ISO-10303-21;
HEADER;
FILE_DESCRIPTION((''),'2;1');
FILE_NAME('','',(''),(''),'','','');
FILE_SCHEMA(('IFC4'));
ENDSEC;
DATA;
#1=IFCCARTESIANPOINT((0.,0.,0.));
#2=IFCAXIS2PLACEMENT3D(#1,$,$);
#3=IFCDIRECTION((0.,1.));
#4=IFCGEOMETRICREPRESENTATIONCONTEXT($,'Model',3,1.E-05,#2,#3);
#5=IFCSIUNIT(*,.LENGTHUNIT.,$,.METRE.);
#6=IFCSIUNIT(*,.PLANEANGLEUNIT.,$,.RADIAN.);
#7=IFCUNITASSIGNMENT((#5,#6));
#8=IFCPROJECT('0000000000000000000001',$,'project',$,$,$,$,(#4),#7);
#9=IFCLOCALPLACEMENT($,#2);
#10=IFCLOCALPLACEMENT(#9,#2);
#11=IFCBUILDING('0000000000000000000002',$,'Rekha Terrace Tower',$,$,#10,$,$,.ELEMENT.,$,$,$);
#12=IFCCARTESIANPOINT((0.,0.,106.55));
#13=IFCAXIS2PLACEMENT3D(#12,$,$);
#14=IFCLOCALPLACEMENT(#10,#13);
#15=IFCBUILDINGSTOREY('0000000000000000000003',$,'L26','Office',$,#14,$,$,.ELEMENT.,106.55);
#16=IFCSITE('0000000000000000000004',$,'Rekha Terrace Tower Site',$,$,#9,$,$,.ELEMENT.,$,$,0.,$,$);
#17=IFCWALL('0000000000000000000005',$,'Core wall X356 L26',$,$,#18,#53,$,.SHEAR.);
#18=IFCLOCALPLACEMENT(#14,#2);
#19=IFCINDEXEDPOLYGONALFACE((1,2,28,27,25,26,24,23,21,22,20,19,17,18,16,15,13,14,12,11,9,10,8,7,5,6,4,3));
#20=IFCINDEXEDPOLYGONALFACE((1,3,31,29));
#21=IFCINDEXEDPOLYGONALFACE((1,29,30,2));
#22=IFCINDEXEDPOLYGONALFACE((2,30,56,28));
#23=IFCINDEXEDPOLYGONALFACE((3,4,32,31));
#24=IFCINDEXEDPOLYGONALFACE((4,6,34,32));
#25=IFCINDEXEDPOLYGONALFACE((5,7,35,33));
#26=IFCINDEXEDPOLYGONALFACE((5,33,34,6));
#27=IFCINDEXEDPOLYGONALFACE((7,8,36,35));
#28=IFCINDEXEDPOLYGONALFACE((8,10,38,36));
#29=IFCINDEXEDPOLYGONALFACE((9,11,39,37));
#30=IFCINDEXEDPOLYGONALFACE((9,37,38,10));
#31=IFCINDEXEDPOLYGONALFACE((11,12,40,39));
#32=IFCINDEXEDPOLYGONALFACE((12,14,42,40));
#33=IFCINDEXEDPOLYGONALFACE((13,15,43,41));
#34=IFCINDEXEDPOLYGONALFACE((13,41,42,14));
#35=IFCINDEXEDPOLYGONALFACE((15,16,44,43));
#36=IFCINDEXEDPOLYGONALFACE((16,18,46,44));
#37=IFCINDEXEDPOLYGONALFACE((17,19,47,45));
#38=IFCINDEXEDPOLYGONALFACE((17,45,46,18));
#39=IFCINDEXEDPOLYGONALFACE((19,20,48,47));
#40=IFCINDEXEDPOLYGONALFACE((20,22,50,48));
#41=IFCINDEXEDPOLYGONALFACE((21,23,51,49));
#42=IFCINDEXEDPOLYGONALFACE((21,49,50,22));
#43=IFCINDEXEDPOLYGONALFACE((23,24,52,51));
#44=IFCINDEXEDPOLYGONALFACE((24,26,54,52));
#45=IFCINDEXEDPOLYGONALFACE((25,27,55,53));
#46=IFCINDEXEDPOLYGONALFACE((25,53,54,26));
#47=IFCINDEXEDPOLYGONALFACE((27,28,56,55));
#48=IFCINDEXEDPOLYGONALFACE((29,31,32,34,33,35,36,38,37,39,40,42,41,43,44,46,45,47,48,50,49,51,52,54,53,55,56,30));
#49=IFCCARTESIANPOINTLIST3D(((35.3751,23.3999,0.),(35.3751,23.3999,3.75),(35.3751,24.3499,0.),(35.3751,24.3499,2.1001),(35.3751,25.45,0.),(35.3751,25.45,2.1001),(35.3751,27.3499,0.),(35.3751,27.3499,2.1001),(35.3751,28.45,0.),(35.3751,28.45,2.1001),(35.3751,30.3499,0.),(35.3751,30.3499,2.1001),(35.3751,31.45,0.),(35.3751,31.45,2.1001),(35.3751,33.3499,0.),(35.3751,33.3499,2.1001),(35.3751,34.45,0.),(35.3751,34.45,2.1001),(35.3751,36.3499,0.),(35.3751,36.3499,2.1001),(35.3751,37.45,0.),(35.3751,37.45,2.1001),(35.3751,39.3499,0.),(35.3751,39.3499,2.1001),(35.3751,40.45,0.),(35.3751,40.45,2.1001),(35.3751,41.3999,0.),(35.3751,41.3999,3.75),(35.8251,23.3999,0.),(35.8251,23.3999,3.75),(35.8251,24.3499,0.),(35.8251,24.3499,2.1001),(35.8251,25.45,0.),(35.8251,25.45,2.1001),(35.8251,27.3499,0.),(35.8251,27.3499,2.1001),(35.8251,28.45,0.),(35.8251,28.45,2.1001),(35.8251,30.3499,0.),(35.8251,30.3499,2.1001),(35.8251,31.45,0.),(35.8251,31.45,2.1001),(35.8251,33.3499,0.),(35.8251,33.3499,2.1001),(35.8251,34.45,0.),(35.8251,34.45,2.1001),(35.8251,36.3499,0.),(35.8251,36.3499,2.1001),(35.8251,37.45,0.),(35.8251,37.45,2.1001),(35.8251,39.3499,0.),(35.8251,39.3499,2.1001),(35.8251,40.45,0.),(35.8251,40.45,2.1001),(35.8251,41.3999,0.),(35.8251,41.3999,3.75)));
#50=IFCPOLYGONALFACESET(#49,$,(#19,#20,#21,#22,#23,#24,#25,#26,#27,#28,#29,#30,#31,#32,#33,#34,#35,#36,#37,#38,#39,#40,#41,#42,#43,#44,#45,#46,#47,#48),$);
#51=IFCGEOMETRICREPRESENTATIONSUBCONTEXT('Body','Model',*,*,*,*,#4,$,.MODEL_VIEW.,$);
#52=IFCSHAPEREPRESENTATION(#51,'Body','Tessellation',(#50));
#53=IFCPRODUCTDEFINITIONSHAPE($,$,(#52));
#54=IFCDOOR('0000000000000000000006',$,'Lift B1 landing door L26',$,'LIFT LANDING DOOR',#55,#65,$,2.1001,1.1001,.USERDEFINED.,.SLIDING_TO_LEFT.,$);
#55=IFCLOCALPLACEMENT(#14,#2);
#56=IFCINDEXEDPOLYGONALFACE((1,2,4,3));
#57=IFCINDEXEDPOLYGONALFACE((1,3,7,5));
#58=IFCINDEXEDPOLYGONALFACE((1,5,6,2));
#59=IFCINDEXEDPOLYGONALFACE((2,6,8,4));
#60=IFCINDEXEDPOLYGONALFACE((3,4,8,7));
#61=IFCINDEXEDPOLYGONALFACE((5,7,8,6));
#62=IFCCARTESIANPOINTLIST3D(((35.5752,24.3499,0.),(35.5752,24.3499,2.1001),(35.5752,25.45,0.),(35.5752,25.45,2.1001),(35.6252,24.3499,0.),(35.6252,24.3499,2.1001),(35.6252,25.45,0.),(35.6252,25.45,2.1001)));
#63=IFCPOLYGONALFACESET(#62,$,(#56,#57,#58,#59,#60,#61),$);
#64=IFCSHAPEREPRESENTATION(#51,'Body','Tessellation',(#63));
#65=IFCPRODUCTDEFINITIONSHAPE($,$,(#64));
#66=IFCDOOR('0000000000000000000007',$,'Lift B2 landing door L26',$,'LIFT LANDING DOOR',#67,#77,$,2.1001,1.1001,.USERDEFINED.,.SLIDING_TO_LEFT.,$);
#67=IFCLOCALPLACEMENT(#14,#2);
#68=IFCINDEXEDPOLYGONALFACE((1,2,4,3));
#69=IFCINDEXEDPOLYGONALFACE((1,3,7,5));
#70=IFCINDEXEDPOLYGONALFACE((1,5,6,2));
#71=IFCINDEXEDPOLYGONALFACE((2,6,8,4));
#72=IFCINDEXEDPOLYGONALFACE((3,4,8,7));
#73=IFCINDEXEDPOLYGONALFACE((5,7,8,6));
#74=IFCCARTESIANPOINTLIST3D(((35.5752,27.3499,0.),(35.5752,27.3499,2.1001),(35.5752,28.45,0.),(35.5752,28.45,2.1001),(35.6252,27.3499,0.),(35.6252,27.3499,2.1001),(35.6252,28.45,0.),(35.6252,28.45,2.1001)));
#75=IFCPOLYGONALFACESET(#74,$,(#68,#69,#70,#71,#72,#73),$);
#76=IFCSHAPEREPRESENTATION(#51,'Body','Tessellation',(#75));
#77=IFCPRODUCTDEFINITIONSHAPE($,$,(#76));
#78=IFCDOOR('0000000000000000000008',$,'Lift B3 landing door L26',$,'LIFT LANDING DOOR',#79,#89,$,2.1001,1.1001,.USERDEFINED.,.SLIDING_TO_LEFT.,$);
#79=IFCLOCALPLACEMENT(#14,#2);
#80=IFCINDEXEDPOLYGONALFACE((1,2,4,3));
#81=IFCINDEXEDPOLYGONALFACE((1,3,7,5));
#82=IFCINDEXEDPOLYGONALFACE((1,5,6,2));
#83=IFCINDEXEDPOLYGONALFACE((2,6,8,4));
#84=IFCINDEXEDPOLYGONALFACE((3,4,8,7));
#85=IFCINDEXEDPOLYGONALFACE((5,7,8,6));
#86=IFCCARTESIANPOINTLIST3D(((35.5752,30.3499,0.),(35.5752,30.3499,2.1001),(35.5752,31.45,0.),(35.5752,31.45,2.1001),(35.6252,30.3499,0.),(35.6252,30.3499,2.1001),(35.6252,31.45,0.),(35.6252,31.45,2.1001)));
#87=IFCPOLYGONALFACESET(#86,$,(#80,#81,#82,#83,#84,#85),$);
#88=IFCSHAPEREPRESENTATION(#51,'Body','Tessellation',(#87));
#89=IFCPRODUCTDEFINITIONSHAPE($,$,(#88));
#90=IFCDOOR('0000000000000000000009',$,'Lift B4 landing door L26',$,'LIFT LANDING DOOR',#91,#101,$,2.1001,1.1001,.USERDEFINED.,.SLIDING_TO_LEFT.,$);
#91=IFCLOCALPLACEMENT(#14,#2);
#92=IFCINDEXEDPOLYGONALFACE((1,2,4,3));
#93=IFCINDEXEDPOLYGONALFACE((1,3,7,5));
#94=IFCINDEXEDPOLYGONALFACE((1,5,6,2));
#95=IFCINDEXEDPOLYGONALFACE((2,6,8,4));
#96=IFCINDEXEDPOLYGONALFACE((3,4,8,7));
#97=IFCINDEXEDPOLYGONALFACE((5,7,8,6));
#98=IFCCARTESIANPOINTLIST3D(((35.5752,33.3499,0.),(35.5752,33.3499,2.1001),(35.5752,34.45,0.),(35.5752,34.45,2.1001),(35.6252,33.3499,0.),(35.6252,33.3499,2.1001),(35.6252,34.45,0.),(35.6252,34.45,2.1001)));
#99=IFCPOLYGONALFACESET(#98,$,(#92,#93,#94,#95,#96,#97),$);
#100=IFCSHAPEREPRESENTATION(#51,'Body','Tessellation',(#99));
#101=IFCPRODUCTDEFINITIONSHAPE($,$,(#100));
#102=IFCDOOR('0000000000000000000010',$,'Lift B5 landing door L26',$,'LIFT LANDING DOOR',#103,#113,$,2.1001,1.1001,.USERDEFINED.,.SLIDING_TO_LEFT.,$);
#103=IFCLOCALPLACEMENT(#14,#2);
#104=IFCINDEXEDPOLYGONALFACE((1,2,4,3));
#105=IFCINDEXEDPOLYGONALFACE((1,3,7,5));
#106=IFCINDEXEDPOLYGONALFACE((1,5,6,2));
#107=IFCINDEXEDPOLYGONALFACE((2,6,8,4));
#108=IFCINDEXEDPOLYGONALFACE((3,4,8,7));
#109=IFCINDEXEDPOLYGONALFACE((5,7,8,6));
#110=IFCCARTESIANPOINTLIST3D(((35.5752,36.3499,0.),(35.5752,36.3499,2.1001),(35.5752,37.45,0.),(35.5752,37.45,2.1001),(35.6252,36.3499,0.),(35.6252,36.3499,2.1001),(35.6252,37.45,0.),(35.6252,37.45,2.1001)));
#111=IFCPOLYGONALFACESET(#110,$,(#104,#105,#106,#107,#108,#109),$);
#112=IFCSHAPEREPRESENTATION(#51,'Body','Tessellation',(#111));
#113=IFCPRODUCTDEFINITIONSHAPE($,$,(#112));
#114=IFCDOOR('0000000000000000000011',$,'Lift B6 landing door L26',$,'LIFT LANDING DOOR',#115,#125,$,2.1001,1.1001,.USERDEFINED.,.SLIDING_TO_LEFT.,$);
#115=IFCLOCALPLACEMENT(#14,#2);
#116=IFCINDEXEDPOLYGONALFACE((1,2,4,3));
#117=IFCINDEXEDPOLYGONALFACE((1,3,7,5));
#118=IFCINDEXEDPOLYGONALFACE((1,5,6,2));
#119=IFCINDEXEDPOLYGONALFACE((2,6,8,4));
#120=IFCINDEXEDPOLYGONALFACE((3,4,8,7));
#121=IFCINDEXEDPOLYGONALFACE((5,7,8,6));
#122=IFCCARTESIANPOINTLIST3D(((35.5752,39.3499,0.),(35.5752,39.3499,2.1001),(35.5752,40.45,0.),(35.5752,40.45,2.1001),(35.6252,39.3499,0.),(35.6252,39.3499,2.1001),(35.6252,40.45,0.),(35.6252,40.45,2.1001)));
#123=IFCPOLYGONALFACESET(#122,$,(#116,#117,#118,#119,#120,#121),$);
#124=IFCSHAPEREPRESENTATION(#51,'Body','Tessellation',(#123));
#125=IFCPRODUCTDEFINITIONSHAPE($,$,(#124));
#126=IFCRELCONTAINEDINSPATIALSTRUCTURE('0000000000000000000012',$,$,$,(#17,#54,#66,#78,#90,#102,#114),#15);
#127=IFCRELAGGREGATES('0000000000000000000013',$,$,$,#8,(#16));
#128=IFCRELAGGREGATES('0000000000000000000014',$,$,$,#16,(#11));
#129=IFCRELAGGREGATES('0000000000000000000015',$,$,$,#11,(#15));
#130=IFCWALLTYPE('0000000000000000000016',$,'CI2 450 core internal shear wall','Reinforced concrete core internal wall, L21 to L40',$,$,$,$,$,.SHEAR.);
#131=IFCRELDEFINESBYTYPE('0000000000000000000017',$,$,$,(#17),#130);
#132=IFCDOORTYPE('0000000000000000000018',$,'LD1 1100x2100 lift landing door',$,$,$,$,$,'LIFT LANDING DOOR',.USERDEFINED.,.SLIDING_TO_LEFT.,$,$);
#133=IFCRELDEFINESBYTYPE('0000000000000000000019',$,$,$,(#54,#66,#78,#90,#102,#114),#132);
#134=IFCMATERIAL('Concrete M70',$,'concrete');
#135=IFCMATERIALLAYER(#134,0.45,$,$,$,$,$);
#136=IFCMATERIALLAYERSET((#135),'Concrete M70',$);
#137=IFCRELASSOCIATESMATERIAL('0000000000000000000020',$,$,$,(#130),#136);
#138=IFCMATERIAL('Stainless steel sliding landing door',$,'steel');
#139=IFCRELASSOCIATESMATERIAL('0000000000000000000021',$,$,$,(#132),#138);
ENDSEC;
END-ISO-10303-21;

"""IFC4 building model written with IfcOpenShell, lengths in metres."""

from ifc_helpers import new_model, si_unit, direction, frame, frame_2d, origin, place, context, subcontext, project, spatial, rectangle, extrude, material, layer, layer_set, type_object, element, fill, save


model = new_model("IFC4")

# Units and contexts
model_context = context("Model", 3, precision=1e-05, world=origin(), true_north=direction((0.0, 1.0)))
body_context = subcontext(model_context, "Body", "Model", "MODEL_VIEW")
ifc_project = project(units=[si_unit("LENGTHUNIT", "METRE"), si_unit("PLANEANGLEUNIT", "RADIAN")], contexts=[model_context])

# Site, building, storey
site_placement = place(None, origin())
site = spatial("IfcSite", under=ifc_project, at=site_placement, Name="Rekha Terrace Tower Site", CompositionType="ELEMENT", RefElevation=0.0)
building_placement = place(site_placement, origin())
building = spatial("IfcBuilding", under=site, at=building_placement, Name="Rekha Terrace Tower", CompositionType="ELEMENT")
storey_placement = place(building_placement, frame((0.0, 0.0, 106.55)))
storey = spatial("IfcBuildingStorey", under=building, at=storey_placement, Name="L26", Description="Office", CompositionType="ELEMENT", Elevation=106.55)

# Wall, openings, doors
ifc_material_1 = material(Name="Concrete M70", Category="concrete")
ifc_layer_1 = layer(ifc_material_1, 0.45)
ifc_layer_set_1 = layer_set([ifc_layer_1], Name="Concrete M70")
wall_type_1 = type_object("IfcWallType", Name="CI2 450 core internal shear wall", Description="Reinforced concrete core internal wall, L21 to L40", PredefinedType="SHEAR", material=ifc_layer_set_1)
wall_1_placement = place(storey_placement, frame((35.6001, 23.3999, 0.0), z_axis=(0.0, 0.0, 1.0), x_axis=(0.0, 1.0, 0.0)))
wall_1 = element("IfcWall", 1, at=wall_1_placement, inside=storey, type_object=wall_type_1, Name="Core wall X356 L26", PredefinedType="SHEAR", context=body_context, shape_type="SweptSolid", body=[
    extrude(rectangle(XDim=18.0, YDim=0.45, at=frame_2d((9.0, 0.0))), origin(), (0.0, 0.0, 1.0), 3.75),
])
opening_1_placement = place(wall_1_placement, frame((0.95, 0.0, 0.0)))
opening_1 = element("IfcOpeningElement", 2, at=opening_1_placement, cuts=wall_1, PredefinedType="OPENING", context=body_context, shape_type="SweptSolid", body=[
    extrude(rectangle(XDim=1.1001, YDim=2.1001, at=frame_2d((0.55, 1.05))), frame((0.0, 0.2349, 0.0), z_axis=(0.0, -1.0, 0.0), x_axis=(1.0, 0.0, 0.0)), (0.0, 0.0, 1.0), 0.47),
])
opening_2_placement = place(wall_1_placement, frame((3.95, 0.0, 0.0)))
opening_2 = element("IfcOpeningElement", 3, at=opening_2_placement, cuts=wall_1, PredefinedType="OPENING", context=body_context, shape_type="SweptSolid", body=[
    extrude(rectangle(XDim=1.1001, YDim=2.1001, at=frame_2d((0.55, 1.05))), frame((0.0, 0.2349, 0.0), z_axis=(0.0, -1.0, 0.0), x_axis=(1.0, 0.0, 0.0)), (0.0, 0.0, 1.0), 0.47),
])
opening_3_placement = place(wall_1_placement, frame((6.95, 0.0, 0.0)))
opening_3 = element("IfcOpeningElement", 4, at=opening_3_placement, cuts=wall_1, PredefinedType="OPENING", context=body_context, shape_type="SweptSolid", body=[
    extrude(rectangle(XDim=1.1001, YDim=2.1001, at=frame_2d((0.55, 1.05))), frame((0.0, 0.2349, 0.0), z_axis=(0.0, -1.0, 0.0), x_axis=(1.0, 0.0, 0.0)), (0.0, 0.0, 1.0), 0.47),
])
opening_4_placement = place(wall_1_placement, frame((9.95, 0.0, 0.0)))
opening_4 = element("IfcOpeningElement", 5, at=opening_4_placement, cuts=wall_1, PredefinedType="OPENING", context=body_context, shape_type="SweptSolid", body=[
    extrude(rectangle(XDim=1.1001, YDim=2.1001, at=frame_2d((0.55, 1.05))), frame((0.0, 0.2349, 0.0), z_axis=(0.0, -1.0, 0.0), x_axis=(1.0, 0.0, 0.0)), (0.0, 0.0, 1.0), 0.47),
])
opening_5_placement = place(wall_1_placement, frame((12.95, 0.0, 0.0)))
opening_5 = element("IfcOpeningElement", 6, at=opening_5_placement, cuts=wall_1, PredefinedType="OPENING", context=body_context, shape_type="SweptSolid", body=[
    extrude(rectangle(XDim=1.1001, YDim=2.1001, at=frame_2d((0.55, 1.05))), frame((0.0, 0.2349, 0.0), z_axis=(0.0, -1.0, 0.0), x_axis=(1.0, 0.0, 0.0)), (0.0, 0.0, 1.0), 0.47),
])
opening_6_placement = place(wall_1_placement, frame((15.95, 0.0, 0.0)))
opening_6 = element("IfcOpeningElement", 7, at=opening_6_placement, cuts=wall_1, PredefinedType="OPENING", context=body_context, shape_type="SweptSolid", body=[
    extrude(rectangle(XDim=1.1001, YDim=2.1001, at=frame_2d((0.55, 1.05))), frame((0.0, 0.2349, 0.0), z_axis=(0.0, -1.0, 0.0), x_axis=(1.0, 0.0, 0.0)), (0.0, 0.0, 1.0), 0.47),
])
ifc_material_2 = material(Name="Stainless steel sliding landing door", Category="steel")
door_type_1 = type_object("IfcDoorType", Name="LD1 1100x2100 lift landing door", ElementType="LIFT LANDING DOOR", OperationType="SLIDING_TO_LEFT", PredefinedType="USERDEFINED", material=ifc_material_2)
door_1_placement = place(opening_1_placement, origin())
door_1 = element("IfcDoor", 8, at=door_1_placement, inside=storey, type_object=door_type_1, Name="Lift B1 landing door L26", ObjectType="LIFT LANDING DOOR", OperationType="SLIDING_TO_LEFT", OverallHeight=2.1001, OverallWidth=1.1001, PredefinedType="USERDEFINED", context=body_context, shape_type="SweptSolid", body=[
    extrude(rectangle(XDim=1.1001, YDim=2.1001, at=frame_2d((0.55, 1.05))), frame((0.0, 0.0249, 0.0), z_axis=(0.0, -1.0, 0.0), x_axis=(1.0, 0.0, 0.0)), (0.0, 0.0, 1.0), 0.05),
])
fill(opening_1, door_1)
door_2_placement = place(opening_2_placement, origin())
door_2 = element("IfcDoor", 9, at=door_2_placement, inside=storey, type_object=door_type_1, Name="Lift B2 landing door L26", ObjectType="LIFT LANDING DOOR", OperationType="SLIDING_TO_LEFT", OverallHeight=2.1001, OverallWidth=1.1001, PredefinedType="USERDEFINED", context=body_context, shape_type="SweptSolid", body=[
    extrude(rectangle(XDim=1.1001, YDim=2.1001, at=frame_2d((0.55, 1.05))), frame((0.0, 0.0249, 0.0), z_axis=(0.0, -1.0, 0.0), x_axis=(1.0, 0.0, 0.0)), (0.0, 0.0, 1.0), 0.05),
])
fill(opening_2, door_2)
door_3_placement = place(opening_3_placement, origin())
door_3 = element("IfcDoor", 10, at=door_3_placement, inside=storey, type_object=door_type_1, Name="Lift B3 landing door L26", ObjectType="LIFT LANDING DOOR", OperationType="SLIDING_TO_LEFT", OverallHeight=2.1001, OverallWidth=1.1001, PredefinedType="USERDEFINED", context=body_context, shape_type="SweptSolid", body=[
    extrude(rectangle(XDim=1.1001, YDim=2.1001, at=frame_2d((0.55, 1.05))), frame((0.0, 0.0249, 0.0), z_axis=(0.0, -1.0, 0.0), x_axis=(1.0, 0.0, 0.0)), (0.0, 0.0, 1.0), 0.05),
])
fill(opening_3, door_3)
door_4_placement = place(opening_4_placement, origin())
door_4 = element("IfcDoor", 11, at=door_4_placement, inside=storey, type_object=door_type_1, Name="Lift B4 landing door L26", ObjectType="LIFT LANDING DOOR", OperationType="SLIDING_TO_LEFT", OverallHeight=2.1001, OverallWidth=1.1001, PredefinedType="USERDEFINED", context=body_context, shape_type="SweptSolid", body=[
    extrude(rectangle(XDim=1.1001, YDim=2.1001, at=frame_2d((0.55, 1.05))), frame((0.0, 0.0249, 0.0), z_axis=(0.0, -1.0, 0.0), x_axis=(1.0, 0.0, 0.0)), (0.0, 0.0, 1.0), 0.05),
])
fill(opening_4, door_4)
door_5_placement = place(opening_5_placement, origin())
door_5 = element("IfcDoor", 12, at=door_5_placement, inside=storey, type_object=door_type_1, Name="Lift B5 landing door L26", ObjectType="LIFT LANDING DOOR", OperationType="SLIDING_TO_LEFT", OverallHeight=2.1001, OverallWidth=1.1001, PredefinedType="USERDEFINED", context=body_context, shape_type="SweptSolid", body=[
    extrude(rectangle(XDim=1.1001, YDim=2.1001, at=frame_2d((0.55, 1.05))), frame((0.0, 0.0249, 0.0), z_axis=(0.0, -1.0, 0.0), x_axis=(1.0, 0.0, 0.0)), (0.0, 0.0, 1.0), 0.05),
])
fill(opening_5, door_5)
door_6_placement = place(opening_6_placement, origin())
door_6 = element("IfcDoor", 13, at=door_6_placement, inside=storey, type_object=door_type_1, Name="Lift B6 landing door L26", ObjectType="LIFT LANDING DOOR", OperationType="SLIDING_TO_LEFT", OverallHeight=2.1001, OverallWidth=1.1001, PredefinedType="USERDEFINED", context=body_context, shape_type="SweptSolid", body=[
    extrude(rectangle(XDim=1.1001, YDim=2.1001, at=frame_2d((0.55, 1.05))), frame((0.0, 0.0249, 0.0), z_axis=(0.0, -1.0, 0.0), x_axis=(1.0, 0.0, 0.0)), (0.0, 0.0, 1.0), 0.05),
])
fill(opening_6, door_6)

save(model, "model.ifc")
